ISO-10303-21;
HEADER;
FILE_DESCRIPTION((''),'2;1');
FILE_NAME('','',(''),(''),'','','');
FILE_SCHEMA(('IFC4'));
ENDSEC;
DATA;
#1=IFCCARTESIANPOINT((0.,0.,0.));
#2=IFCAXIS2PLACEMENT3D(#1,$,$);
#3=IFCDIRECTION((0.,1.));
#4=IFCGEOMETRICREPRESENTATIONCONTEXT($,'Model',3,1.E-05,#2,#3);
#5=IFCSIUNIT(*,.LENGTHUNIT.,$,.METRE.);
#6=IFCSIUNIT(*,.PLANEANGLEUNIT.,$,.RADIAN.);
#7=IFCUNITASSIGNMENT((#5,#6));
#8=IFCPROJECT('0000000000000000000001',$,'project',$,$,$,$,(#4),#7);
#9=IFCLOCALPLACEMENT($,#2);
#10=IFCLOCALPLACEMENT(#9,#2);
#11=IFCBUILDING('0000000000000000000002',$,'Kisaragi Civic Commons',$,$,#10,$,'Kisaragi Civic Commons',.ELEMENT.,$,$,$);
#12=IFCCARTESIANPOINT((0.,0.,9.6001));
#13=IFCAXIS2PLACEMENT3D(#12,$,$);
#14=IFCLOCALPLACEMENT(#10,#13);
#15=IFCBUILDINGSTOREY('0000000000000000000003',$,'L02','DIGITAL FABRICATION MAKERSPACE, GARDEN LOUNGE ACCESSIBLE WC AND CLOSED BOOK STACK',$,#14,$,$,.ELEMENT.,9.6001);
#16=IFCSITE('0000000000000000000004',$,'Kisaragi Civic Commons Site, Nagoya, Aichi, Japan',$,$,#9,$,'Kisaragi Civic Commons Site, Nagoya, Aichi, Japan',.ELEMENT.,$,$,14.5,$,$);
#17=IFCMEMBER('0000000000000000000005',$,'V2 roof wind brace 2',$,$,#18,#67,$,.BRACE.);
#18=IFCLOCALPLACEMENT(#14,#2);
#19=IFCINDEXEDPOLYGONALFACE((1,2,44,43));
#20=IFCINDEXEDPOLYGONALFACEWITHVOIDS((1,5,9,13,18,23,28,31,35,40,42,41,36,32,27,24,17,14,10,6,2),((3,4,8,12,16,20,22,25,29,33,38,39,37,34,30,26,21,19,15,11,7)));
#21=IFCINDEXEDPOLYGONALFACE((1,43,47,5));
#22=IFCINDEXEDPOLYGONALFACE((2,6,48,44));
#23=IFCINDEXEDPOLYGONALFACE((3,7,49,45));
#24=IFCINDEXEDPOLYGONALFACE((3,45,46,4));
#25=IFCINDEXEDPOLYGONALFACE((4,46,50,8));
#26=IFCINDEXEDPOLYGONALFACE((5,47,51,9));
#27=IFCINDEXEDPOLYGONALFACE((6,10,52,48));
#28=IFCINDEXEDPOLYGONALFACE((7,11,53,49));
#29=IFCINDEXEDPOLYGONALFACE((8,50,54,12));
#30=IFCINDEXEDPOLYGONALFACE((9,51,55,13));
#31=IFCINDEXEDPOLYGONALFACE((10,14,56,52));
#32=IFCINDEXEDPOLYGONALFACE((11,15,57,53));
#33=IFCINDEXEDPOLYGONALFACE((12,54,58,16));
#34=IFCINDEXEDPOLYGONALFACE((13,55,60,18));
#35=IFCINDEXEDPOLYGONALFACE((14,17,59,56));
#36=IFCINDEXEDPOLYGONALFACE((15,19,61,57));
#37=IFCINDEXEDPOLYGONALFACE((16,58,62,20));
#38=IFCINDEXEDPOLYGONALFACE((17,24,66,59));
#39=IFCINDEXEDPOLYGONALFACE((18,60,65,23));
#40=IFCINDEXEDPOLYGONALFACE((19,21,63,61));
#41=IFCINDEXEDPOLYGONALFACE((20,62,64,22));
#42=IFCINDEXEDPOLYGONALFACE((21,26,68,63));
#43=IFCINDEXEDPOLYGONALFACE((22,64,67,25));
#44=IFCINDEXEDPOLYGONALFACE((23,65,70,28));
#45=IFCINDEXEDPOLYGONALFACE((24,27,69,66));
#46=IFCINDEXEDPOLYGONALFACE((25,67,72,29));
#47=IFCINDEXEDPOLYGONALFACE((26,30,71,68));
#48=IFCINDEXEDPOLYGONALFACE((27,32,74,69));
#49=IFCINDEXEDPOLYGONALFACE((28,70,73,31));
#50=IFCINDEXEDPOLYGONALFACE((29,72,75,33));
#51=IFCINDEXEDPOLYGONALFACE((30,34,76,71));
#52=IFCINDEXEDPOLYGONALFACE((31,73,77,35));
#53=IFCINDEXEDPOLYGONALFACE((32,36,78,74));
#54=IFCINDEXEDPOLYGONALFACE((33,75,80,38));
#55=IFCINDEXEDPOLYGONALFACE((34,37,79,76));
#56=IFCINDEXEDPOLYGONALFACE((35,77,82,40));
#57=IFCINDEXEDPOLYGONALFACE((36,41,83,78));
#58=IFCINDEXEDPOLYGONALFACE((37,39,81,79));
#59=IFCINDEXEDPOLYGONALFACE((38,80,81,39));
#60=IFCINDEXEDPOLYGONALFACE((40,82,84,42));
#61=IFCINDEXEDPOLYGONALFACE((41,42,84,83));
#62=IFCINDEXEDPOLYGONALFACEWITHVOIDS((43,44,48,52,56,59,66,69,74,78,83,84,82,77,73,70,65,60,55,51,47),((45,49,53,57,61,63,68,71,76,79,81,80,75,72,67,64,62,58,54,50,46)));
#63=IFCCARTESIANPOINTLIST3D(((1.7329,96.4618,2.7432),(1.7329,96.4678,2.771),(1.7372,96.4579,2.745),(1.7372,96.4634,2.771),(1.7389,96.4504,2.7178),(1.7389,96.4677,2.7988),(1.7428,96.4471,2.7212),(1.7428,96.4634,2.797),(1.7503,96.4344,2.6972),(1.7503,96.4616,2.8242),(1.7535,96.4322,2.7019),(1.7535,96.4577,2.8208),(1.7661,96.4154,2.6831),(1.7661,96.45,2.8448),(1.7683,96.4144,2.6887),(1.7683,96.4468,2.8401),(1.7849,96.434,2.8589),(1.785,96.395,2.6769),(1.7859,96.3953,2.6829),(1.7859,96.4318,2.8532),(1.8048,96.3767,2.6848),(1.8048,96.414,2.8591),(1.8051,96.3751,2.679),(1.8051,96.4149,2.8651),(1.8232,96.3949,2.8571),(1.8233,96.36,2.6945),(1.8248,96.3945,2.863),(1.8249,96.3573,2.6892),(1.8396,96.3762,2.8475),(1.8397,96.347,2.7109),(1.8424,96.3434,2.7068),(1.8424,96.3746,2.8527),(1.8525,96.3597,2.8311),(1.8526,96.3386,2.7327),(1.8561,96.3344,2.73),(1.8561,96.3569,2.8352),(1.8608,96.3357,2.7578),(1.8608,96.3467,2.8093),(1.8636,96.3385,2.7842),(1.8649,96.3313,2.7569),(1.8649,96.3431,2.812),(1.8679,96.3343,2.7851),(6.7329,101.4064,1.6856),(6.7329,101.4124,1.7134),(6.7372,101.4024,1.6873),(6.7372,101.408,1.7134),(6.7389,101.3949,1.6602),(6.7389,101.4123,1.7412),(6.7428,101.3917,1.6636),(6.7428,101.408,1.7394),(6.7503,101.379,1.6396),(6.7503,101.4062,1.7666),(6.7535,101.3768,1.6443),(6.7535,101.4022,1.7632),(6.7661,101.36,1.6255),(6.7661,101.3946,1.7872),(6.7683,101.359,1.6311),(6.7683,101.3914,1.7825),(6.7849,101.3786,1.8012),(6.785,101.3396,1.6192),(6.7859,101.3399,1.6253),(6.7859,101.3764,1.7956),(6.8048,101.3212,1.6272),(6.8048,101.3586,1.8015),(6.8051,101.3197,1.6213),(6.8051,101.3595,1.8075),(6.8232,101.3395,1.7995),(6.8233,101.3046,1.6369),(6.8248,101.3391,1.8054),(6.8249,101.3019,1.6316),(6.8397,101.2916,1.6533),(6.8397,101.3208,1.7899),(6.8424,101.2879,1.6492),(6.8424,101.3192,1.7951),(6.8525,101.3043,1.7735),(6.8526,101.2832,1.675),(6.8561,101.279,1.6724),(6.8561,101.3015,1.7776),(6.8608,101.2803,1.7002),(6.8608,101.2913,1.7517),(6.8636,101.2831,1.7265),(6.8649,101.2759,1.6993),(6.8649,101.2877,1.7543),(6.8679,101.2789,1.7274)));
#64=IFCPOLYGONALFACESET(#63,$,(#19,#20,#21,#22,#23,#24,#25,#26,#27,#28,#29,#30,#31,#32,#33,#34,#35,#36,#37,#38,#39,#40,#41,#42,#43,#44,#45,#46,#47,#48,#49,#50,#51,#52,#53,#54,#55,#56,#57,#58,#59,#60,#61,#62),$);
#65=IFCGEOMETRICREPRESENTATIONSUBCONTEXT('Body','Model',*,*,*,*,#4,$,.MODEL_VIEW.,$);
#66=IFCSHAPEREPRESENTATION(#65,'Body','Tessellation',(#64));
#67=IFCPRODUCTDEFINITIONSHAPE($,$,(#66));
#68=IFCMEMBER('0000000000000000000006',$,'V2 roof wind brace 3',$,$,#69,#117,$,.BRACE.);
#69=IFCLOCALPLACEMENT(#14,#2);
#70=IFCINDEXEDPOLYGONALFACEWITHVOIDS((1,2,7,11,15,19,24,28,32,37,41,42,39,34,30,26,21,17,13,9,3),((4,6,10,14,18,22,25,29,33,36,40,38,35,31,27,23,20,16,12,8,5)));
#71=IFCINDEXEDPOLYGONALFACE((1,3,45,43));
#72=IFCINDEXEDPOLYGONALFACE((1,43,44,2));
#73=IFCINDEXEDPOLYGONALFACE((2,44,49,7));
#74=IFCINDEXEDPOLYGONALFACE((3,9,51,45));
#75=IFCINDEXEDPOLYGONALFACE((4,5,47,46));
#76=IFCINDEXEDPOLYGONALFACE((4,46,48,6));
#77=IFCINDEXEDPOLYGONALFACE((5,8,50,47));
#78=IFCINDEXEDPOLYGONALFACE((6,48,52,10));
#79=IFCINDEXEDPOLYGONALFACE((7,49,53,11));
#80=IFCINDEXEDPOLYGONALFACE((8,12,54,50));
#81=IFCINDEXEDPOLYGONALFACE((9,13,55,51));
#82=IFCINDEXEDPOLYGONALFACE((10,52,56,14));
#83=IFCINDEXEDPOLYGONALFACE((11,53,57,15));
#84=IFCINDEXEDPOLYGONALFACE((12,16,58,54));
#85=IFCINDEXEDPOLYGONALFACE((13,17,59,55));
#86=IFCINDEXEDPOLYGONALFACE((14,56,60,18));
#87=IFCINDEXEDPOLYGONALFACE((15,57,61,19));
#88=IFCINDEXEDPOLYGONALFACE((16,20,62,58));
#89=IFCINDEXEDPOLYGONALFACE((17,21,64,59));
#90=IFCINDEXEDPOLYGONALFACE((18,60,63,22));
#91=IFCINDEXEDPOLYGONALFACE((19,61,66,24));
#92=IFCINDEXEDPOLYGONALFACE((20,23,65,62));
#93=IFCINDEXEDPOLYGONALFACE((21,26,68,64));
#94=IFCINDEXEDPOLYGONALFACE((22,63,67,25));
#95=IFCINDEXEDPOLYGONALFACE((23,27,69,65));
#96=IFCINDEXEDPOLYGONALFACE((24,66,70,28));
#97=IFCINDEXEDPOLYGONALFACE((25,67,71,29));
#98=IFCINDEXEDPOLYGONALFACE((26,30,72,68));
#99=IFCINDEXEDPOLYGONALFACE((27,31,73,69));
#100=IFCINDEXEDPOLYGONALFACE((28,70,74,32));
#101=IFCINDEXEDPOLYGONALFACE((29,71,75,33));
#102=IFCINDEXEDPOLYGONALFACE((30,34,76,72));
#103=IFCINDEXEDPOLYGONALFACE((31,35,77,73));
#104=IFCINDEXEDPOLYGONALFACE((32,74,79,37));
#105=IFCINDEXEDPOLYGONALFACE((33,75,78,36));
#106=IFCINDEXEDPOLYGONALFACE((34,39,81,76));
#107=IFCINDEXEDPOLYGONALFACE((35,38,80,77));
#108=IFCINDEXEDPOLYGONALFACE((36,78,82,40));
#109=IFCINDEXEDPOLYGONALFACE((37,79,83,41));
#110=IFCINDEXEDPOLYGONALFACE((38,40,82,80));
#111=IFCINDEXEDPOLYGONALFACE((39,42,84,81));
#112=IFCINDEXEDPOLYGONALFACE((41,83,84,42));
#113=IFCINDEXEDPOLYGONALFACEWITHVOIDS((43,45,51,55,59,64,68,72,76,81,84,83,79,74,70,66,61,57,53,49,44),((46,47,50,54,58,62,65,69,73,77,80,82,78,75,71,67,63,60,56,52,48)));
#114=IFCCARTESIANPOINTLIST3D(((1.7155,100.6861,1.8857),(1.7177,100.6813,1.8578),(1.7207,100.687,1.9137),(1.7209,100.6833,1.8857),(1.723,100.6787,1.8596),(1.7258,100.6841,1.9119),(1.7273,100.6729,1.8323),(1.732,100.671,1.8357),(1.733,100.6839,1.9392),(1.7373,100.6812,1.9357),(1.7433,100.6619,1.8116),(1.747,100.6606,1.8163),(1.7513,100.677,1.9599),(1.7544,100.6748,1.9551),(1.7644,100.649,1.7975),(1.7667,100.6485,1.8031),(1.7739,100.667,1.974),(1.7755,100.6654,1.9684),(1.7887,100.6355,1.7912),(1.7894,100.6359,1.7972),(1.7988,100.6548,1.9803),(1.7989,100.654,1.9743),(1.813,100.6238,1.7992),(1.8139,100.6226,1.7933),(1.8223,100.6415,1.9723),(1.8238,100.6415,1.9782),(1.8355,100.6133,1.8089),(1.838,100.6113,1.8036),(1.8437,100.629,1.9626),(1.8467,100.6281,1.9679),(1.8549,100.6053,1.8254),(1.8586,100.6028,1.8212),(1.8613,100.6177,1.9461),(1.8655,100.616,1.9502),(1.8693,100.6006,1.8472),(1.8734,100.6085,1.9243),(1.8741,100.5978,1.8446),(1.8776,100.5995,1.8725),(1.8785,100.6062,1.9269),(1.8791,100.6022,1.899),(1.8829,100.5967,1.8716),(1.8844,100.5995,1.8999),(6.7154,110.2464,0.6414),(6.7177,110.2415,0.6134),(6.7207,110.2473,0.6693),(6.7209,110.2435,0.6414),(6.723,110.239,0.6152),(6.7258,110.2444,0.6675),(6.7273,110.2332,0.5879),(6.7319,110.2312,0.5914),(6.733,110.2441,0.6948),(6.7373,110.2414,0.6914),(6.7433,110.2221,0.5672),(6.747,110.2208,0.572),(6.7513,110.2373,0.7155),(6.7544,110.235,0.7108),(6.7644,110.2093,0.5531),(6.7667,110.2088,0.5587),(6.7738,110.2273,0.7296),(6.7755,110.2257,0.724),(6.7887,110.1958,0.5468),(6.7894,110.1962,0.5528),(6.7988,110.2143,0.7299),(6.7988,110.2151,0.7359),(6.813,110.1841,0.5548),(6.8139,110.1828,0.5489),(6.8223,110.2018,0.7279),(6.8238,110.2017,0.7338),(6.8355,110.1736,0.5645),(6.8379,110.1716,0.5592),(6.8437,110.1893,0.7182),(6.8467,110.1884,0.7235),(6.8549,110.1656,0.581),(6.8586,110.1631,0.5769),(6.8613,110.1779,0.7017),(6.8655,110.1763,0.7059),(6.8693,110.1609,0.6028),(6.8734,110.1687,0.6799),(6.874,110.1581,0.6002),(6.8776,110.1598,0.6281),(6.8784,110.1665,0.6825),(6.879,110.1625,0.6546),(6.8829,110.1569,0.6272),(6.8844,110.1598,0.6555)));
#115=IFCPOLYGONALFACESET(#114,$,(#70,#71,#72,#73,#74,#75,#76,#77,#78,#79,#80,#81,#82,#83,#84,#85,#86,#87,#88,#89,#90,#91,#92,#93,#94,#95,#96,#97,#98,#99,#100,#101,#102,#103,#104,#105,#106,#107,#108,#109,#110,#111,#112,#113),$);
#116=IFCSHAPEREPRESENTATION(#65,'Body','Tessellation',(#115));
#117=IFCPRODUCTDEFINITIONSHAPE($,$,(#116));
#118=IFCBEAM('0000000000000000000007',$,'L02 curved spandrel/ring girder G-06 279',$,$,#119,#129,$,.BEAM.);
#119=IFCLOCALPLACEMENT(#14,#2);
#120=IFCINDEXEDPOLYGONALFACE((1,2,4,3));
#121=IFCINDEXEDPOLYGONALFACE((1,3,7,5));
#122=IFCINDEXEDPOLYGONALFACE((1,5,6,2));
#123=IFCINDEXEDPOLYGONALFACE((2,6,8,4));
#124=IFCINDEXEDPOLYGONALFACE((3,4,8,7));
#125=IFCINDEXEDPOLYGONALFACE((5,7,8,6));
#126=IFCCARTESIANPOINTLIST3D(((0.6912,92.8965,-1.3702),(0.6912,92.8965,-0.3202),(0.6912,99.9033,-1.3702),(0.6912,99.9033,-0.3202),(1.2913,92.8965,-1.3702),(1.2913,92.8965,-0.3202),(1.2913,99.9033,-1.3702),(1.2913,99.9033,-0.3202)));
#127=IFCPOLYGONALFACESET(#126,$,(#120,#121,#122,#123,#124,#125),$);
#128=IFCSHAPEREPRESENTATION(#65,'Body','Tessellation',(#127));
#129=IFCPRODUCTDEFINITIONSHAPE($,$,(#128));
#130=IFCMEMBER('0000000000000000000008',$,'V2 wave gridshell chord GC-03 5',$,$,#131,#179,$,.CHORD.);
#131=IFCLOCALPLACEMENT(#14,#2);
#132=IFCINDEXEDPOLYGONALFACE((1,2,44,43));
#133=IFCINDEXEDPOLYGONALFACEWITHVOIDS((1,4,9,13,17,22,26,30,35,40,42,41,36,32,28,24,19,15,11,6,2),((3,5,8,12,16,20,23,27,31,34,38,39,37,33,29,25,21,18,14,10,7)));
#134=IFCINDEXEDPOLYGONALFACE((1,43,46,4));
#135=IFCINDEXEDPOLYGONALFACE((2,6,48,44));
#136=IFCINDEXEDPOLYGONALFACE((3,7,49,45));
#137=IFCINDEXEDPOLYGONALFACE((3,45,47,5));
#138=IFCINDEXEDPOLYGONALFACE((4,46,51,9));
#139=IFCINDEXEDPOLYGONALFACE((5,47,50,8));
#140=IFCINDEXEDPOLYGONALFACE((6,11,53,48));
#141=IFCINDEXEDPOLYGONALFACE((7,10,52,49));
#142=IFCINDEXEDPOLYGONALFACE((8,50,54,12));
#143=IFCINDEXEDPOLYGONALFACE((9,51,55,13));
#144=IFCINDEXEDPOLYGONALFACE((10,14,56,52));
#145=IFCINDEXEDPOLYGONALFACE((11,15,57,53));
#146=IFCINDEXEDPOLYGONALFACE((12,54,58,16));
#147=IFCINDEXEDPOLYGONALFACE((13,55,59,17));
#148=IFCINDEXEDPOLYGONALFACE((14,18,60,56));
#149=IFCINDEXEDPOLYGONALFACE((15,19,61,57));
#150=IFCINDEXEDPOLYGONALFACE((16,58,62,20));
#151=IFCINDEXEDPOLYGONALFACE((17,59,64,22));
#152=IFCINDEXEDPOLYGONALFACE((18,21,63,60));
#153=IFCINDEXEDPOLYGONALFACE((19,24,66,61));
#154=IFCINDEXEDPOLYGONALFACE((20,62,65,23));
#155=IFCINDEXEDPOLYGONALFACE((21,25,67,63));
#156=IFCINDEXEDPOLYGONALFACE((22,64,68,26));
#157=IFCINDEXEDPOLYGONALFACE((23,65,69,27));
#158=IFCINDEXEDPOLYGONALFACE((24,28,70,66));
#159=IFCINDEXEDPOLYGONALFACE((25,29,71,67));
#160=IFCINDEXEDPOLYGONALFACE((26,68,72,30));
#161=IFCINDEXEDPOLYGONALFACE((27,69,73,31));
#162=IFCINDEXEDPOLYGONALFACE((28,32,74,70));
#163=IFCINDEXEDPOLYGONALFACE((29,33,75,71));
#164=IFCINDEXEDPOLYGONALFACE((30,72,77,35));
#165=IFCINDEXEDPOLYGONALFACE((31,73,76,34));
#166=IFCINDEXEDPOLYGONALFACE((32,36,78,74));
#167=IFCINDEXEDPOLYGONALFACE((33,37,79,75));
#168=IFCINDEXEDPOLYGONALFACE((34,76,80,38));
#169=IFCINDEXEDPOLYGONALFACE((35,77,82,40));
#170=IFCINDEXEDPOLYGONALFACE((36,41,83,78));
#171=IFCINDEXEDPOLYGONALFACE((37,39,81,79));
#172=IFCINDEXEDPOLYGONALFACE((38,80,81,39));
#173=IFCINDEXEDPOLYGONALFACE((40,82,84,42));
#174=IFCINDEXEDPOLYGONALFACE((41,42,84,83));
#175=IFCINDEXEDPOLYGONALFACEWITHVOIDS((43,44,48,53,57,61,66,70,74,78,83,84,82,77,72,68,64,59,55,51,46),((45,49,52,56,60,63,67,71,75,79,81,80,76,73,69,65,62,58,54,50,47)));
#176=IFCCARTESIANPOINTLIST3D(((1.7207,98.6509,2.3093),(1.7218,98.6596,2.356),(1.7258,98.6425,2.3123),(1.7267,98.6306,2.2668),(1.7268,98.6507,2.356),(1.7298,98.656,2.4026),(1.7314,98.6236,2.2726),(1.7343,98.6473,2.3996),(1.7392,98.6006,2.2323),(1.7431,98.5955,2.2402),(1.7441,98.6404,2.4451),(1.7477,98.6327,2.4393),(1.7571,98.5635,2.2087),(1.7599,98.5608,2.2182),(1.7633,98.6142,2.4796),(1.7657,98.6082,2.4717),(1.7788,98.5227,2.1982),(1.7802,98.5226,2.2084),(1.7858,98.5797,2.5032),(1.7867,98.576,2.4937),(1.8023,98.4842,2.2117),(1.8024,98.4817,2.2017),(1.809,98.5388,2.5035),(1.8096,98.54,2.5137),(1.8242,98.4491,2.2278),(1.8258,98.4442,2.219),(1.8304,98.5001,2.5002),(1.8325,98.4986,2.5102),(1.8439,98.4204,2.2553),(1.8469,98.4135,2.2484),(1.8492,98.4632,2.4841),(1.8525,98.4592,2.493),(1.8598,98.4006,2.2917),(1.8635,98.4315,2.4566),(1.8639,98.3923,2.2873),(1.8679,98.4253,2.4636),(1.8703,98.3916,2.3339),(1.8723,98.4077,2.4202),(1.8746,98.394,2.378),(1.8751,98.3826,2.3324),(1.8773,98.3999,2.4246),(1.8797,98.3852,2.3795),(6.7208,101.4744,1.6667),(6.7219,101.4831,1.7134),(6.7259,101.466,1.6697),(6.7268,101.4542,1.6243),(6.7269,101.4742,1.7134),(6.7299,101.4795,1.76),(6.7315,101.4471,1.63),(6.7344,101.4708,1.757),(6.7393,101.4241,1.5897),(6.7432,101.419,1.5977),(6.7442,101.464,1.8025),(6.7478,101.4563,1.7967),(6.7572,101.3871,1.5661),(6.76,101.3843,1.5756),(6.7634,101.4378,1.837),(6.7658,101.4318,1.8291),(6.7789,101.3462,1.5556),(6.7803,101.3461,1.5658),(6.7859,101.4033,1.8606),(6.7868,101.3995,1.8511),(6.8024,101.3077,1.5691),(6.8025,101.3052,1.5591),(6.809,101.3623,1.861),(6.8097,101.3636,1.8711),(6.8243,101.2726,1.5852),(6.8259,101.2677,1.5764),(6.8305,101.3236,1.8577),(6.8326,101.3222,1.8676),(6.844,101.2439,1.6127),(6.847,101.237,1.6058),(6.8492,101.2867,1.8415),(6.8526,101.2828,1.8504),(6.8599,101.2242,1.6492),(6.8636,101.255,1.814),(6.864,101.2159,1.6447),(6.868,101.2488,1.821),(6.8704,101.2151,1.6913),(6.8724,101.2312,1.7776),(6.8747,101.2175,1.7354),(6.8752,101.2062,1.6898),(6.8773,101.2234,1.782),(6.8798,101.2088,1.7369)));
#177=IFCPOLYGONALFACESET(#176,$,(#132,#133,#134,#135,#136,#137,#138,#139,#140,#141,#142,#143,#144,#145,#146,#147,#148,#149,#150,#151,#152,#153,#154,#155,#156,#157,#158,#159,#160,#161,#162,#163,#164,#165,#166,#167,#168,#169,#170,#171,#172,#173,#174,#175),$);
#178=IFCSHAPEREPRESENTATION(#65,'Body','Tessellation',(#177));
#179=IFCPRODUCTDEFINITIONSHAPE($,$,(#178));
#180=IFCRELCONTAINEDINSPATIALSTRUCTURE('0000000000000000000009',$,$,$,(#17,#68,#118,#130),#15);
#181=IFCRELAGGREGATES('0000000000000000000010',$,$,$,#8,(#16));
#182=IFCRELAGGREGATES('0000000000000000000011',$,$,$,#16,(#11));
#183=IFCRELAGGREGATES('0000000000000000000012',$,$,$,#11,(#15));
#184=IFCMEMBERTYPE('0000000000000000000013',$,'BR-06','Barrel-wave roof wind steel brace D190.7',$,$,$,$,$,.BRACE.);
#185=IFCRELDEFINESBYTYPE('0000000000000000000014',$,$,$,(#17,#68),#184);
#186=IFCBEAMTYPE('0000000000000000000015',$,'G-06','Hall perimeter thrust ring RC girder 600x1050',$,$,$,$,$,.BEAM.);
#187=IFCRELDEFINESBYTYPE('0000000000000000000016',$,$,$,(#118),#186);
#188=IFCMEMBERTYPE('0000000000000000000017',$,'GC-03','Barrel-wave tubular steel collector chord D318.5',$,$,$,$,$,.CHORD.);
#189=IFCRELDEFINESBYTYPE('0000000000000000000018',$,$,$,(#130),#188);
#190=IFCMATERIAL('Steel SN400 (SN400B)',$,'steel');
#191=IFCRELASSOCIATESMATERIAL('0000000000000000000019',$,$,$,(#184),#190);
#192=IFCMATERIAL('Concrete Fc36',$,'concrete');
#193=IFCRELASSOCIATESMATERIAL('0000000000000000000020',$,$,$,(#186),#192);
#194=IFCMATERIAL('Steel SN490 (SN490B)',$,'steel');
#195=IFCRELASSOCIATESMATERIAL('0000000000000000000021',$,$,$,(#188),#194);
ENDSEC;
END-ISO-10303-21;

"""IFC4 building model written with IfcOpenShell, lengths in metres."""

from ifc_helpers import new_model, si_unit, direction, frame, origin, origin_2d, place, context, subcontext, project, spatial, rectangle, hollow_circle, extrude, material, material_profile, profile_set, type_object, element, save


model = new_model("IFC4")

# Units and contexts
model_context = context("Model", 3, precision=1e-05, world=origin(), true_north=direction((0.0, 1.0)))
body_context = subcontext(model_context, "Body", "Model", "MODEL_VIEW")
ifc_project = project(units=[si_unit("LENGTHUNIT", "METRE"), si_unit("PLANEANGLEUNIT", "RADIAN")], contexts=[model_context])

# Site, building, storey
site_placement = place(None, origin())
site = spatial("IfcSite", under=ifc_project, at=site_placement, Name="Kisaragi Civic Commons Site, Nagoya, Aichi, Japan", LongName="Kisaragi Civic Commons Site, Nagoya, Aichi, Japan", CompositionType="ELEMENT", RefElevation=14.5)
building_placement = place(site_placement, origin())
building = spatial("IfcBuilding", under=site, at=building_placement, Name="Kisaragi Civic Commons", LongName="Kisaragi Civic Commons", CompositionType="ELEMENT")
storey_placement = place(building_placement, frame((0.0, 0.0, 9.6001)))
storey = spatial("IfcBuildingStorey", under=building, at=storey_placement, Name="L02", Description="DIGITAL FABRICATION MAKERSPACE, GARDEN LOUNGE ACCESSIBLE WC AND CLOSED BOOK STACK", CompositionType="ELEMENT", Elevation=9.6001)

# Members
ifc_material_1 = material(Name="Steel SN400 (SN400B)", Category="steel")
ifc_material_profile_1 = material_profile(ifc_material_1, hollow_circle(Radius=0.0955, WallThickness=0.0061, at=origin_2d()), Name="CHS-190.7x6.0", Category="steel")
ifc_profile_set_1 = profile_set([ifc_material_profile_1], Name="Steel SN400 (SN400B)")
member_type_1 = type_object("IfcMemberType", Name="BR-06", Description="Barrel-wave roof wind steel brace D190.7", PredefinedType="BRACE", material=ifc_profile_set_1)
member_1_placement = place(storey_placement, frame((1.8, 96.3999, 2.771), z_axis=(0.703128, 0.695335, -0.148728), x_axis=(-0.703155, 0.711036, 0.0)))
element("IfcMember", 1, at=member_1_placement, inside=storey, type_object=member_type_1, Name="V2 roof wind brace 2", PredefinedType="BRACE", context=body_context, shape_type="SweptSolid", body=[
    extrude(hollow_circle(Radius=0.0955, WallThickness=0.0061, at=origin_2d()), origin(), (0.0, 0.0, 1.0), 7.1111),
])
member_2_placement = place(storey_placement, frame((1.8, 100.6418, 1.8857), z_axis=(0.460389, 0.880292, -0.11458), x_axis=(-0.886128, 0.463441, 0.0)))
element("IfcMember", 2, at=member_2_placement, inside=storey, type_object=member_type_1, Name="V2 roof wind brace 3", PredefinedType="BRACE", context=body_context, shape_type="SweptSolid", body=[
    extrude(hollow_circle(Radius=0.0955, WallThickness=0.0061, at=origin_2d()), origin(), (0.0, 0.0, 1.0), 10.8604),
])

# Beam
ifc_material_2 = material(Name="Concrete Fc36", Category="concrete")
ifc_material_profile_2 = material_profile(ifc_material_2, rectangle(XDim=0.6001, YDim=1.05, at=origin_2d()), Name="RC-600x1050", Category="concrete")
ifc_profile_set_2 = profile_set([ifc_material_profile_2], Name="Concrete Fc36")
beam_type = type_object("IfcBeamType", Name="G-06", Description="Hall perimeter thrust ring RC girder 600x1050", PredefinedType="BEAM", material=ifc_profile_set_2)
beam_placement = place(storey_placement, frame((0.9912, 99.9033, -0.8452), z_axis=(0.0, -1.0, 0.0), x_axis=(1.0, 0.0, 0.0)))
element("IfcBeam", 3, at=beam_placement, inside=storey, type_object=beam_type, Name="L02 curved spandrel/ring girder G-06 279", PredefinedType="BEAM", context=body_context, shape_type="SweptSolid", body=[
    extrude(rectangle(XDim=0.6001, YDim=1.05, at=origin_2d()), origin(), (0.0, 0.0, 1.0), 7.0068),
])

# Member
ifc_material_3 = material(Name="Steel SN490 (SN490B)", Category="steel")
ifc_material_profile_3 = material_profile(ifc_material_3, hollow_circle(Radius=0.1592, WallThickness=0.0103, at=origin_2d()), Name="CHS-318.5x10.3", Category="steel")
ifc_profile_set_3 = profile_set([ifc_material_profile_3], Name="Steel SN490 (SN490B)")
member_type_2 = type_object("IfcMemberType", Name="GC-03", Description="Barrel-wave tubular steel collector chord D318.5", PredefinedType="CHORD", material=ifc_profile_set_3)
member_3_placement = place(storey_placement, frame((1.8, 98.521, 2.356), z_axis=(0.865355, 0.488664, -0.111212), x_axis=(-0.491714, 0.870757, 0.0)))
element("IfcMember", 4, at=member_3_placement, inside=storey, type_object=member_type_2, Name="V2 wave gridshell chord GC-03 5", PredefinedType="CHORD", context=body_context, shape_type="SweptSolid", body=[
    extrude(hollow_circle(Radius=0.1592, WallThickness=0.0103, at=origin_2d()), origin(), (0.0, 0.0, 1.0), 5.7781),
])

save(model, "model.ifc")
